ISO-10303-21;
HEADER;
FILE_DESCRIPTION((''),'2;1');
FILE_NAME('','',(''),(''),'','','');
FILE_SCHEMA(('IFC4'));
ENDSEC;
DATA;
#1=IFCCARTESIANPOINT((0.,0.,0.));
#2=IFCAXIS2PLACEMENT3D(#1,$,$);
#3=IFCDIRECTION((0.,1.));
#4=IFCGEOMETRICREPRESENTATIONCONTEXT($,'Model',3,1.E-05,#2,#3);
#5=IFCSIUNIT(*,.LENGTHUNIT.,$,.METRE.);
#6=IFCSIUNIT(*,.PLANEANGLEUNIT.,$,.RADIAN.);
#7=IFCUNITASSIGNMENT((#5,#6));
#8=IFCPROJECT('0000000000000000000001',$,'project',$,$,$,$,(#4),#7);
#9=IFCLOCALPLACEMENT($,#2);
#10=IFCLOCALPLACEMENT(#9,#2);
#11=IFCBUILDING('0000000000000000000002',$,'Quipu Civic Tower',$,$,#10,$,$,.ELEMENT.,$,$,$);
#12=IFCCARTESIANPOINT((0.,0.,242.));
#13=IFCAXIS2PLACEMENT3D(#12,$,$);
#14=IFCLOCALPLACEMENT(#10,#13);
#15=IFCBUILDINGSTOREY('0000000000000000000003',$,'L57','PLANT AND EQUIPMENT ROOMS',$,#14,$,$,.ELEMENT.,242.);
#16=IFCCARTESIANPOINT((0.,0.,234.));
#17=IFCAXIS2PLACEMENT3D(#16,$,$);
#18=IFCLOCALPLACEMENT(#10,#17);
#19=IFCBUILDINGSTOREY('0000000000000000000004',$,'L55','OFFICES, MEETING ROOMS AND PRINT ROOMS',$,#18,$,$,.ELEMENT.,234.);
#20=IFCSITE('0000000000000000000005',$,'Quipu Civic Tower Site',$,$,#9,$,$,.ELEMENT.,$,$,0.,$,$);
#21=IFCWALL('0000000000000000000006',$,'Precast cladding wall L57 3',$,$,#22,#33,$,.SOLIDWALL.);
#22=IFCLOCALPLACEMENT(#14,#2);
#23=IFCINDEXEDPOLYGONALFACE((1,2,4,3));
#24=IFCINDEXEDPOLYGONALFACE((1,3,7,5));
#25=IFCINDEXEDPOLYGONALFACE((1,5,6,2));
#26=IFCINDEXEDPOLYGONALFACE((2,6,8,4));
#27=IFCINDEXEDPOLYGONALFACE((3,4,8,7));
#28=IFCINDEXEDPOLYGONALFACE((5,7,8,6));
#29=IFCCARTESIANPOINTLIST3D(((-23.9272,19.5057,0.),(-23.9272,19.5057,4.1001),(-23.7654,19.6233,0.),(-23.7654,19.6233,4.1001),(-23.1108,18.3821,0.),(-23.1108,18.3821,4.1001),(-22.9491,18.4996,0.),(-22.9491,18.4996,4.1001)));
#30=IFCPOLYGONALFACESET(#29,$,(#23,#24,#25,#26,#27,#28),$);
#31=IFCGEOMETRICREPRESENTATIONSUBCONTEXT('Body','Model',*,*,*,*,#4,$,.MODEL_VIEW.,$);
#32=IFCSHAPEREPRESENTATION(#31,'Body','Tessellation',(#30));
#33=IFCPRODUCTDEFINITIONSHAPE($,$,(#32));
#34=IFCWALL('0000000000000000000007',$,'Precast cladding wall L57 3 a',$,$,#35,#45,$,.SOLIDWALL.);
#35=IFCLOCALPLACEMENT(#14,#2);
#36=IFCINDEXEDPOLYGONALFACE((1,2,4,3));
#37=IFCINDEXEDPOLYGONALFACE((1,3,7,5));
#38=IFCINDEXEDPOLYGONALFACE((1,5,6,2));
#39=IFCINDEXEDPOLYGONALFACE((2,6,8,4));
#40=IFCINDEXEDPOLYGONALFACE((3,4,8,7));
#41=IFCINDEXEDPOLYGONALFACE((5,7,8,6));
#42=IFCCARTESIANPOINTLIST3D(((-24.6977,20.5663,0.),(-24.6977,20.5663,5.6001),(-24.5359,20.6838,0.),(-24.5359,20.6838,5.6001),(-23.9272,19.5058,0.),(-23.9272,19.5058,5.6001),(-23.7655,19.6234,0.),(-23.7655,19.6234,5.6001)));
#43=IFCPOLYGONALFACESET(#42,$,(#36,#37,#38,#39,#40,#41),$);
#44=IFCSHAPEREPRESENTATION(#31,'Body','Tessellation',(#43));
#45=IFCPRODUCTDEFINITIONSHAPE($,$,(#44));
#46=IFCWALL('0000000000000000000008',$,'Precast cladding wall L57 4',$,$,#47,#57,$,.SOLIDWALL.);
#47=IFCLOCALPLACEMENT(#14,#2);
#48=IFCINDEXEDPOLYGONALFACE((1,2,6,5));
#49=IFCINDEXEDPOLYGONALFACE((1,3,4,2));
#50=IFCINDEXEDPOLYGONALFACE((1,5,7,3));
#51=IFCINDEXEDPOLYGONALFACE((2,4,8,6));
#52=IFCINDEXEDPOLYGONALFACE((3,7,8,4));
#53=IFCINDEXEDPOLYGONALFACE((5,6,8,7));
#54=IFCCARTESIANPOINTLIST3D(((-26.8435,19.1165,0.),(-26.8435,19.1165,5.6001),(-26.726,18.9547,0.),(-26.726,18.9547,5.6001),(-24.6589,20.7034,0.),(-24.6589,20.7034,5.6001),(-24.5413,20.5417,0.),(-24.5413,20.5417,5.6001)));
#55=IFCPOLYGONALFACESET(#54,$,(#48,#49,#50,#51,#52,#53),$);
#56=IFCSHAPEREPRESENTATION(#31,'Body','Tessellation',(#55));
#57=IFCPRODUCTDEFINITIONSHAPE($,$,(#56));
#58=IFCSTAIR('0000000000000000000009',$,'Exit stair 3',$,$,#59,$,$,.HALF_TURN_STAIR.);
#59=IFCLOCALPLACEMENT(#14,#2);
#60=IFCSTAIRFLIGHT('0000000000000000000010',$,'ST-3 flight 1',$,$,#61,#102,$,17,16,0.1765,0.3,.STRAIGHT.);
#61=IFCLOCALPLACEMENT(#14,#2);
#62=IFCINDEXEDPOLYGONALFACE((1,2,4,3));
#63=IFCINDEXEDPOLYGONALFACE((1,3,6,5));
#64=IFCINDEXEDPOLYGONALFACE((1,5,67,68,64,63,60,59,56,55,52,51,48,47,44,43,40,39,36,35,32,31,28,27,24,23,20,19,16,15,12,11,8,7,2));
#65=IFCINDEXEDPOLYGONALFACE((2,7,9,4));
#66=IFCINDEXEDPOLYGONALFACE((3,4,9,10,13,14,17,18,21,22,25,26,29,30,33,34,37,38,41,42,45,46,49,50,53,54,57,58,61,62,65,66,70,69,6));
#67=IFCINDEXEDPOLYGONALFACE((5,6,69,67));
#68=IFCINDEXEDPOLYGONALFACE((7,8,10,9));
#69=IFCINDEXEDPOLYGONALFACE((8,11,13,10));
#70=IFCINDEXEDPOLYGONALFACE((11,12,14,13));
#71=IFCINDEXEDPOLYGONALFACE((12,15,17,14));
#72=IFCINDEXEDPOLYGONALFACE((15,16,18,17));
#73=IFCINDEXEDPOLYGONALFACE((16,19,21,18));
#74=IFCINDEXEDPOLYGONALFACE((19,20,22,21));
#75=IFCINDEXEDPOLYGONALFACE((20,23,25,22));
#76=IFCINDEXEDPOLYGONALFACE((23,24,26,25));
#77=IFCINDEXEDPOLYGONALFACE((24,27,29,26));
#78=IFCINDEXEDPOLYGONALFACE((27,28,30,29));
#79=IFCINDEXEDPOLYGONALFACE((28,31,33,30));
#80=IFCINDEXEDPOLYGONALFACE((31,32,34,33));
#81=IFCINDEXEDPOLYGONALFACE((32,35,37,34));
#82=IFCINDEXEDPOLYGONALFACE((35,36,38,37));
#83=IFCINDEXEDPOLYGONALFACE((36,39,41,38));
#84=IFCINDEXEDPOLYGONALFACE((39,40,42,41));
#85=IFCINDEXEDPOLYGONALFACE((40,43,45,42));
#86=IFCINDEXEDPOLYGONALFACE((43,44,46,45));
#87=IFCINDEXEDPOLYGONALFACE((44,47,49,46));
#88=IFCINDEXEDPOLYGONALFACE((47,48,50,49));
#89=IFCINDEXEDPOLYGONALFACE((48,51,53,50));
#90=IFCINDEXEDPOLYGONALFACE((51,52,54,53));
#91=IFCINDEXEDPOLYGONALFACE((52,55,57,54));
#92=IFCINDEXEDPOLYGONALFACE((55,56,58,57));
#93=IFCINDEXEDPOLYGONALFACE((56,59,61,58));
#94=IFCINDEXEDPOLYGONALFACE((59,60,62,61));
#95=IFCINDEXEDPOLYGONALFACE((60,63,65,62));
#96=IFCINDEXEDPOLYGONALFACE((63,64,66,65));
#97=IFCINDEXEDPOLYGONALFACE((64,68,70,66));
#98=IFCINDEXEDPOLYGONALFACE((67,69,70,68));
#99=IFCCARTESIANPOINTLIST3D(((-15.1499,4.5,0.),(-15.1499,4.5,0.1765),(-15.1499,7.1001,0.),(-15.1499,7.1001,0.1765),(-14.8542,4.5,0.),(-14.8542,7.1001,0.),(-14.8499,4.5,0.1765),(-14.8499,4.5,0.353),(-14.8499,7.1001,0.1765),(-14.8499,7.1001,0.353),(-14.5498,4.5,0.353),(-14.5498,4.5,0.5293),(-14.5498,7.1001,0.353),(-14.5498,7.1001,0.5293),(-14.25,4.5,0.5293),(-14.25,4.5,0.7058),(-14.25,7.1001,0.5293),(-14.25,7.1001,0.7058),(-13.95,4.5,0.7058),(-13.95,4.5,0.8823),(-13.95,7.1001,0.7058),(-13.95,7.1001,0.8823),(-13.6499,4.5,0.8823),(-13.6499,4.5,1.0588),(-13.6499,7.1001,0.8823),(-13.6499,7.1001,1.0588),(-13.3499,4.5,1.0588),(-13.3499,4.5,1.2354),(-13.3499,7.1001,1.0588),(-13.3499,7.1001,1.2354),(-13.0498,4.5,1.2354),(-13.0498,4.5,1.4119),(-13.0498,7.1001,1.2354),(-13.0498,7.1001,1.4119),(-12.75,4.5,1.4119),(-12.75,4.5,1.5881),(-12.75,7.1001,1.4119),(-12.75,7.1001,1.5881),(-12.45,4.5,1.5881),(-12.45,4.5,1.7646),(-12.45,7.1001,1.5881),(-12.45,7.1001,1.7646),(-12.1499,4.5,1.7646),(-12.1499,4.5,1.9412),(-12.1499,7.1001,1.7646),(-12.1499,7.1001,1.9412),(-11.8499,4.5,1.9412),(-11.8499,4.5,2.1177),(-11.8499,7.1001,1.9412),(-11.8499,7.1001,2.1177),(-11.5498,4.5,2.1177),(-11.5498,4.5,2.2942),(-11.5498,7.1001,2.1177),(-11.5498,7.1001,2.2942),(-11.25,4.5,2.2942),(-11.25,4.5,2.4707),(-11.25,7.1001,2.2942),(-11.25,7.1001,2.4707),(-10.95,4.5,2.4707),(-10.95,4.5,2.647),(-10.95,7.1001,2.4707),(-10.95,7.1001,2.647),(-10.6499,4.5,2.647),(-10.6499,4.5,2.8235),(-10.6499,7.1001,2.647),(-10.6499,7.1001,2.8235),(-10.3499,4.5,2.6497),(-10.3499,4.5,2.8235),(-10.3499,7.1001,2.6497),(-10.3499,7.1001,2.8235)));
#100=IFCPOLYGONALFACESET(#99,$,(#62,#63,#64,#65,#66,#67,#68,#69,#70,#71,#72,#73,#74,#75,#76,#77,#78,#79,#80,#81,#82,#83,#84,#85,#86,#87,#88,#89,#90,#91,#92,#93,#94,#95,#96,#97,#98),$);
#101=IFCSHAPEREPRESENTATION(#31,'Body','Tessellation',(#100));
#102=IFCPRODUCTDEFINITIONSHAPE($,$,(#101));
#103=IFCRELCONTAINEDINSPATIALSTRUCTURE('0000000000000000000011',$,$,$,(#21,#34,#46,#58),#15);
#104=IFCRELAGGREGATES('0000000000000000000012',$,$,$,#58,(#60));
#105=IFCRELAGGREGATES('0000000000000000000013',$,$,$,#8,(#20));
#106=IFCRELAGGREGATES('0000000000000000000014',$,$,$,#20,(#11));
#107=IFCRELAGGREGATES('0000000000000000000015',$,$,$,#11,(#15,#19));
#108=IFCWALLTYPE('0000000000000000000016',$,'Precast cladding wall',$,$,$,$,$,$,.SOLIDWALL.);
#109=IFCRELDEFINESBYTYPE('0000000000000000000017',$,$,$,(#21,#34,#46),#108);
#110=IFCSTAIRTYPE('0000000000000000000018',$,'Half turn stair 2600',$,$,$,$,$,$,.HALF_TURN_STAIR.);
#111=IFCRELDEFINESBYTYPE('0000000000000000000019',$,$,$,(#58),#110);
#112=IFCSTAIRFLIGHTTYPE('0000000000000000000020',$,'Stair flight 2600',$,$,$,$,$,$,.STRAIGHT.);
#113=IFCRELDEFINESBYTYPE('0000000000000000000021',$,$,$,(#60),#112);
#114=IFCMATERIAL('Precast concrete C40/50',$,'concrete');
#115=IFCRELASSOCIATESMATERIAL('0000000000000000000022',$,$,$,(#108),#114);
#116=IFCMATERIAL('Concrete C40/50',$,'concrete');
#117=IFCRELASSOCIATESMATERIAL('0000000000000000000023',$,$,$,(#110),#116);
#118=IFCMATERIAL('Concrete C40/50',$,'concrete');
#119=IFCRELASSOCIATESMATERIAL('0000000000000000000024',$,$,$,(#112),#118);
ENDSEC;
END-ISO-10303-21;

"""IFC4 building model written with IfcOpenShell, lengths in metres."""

from ifc_helpers import new_model, si_unit, direction, frame, frame_2d, origin, place, context, subcontext, project, spatial, polyline, rectangle, outline, extrude, material, type_object, element, aggregate, save


model = new_model("IFC4")

# Units and contexts
model_context = context("Model", 3, precision=1e-05, world=origin(), true_north=direction((0.0, 1.0)))
body_context = subcontext(model_context, "Body", "Model", "MODEL_VIEW")
ifc_project = project(units=[si_unit("LENGTHUNIT", "METRE"), si_unit("PLANEANGLEUNIT", "RADIAN")], contexts=[model_context])

# Site, building, storey
site_placement = place(None, origin())
site = spatial("IfcSite", under=ifc_project, at=site_placement, Name="Quipu Civic Tower Site", CompositionType="ELEMENT", RefElevation=0.0)
building_placement = place(site_placement, origin())
building = spatial("IfcBuilding", under=site, at=building_placement, Name="Quipu Civic Tower", CompositionType="ELEMENT")
storey_1_placement = place(building_placement, frame((0.0, 0.0, 242.0)))
storey_1 = spatial("IfcBuildingStorey", under=building, at=storey_1_placement, Name="L57", Description="PLANT AND EQUIPMENT ROOMS", CompositionType="ELEMENT", Elevation=242.0)

# Shared definitions
storey_2_placement = place(building_placement, frame((0.0, 0.0, 234.0)))
storey_2 = spatial("IfcBuildingStorey", under=building, at=storey_2_placement, Name="L55", Description="OFFICES, MEETING ROOMS AND PRINT ROOMS", CompositionType="ELEMENT", Elevation=234.0)

# Walls
ifc_material_1 = material(Name="Precast concrete C40/50", Category="concrete")
wall_type_1 = type_object("IfcWallType", Name="Precast cladding wall", PredefinedType="SOLIDWALL", material=ifc_material_1)
wall_1_placement = place(storey_1_placement, frame((-23.03, 18.4409, 0.0), z_axis=(0.0, 0.0, 1.0), x_axis=(-0.587754, 0.80904, 0.0)))
element("IfcWall", 1, at=wall_1_placement, inside=storey_1, type_object=wall_type_1, Name="Precast cladding wall L57 3", PredefinedType="SOLIDWALL", context=body_context, shape_type="SweptSolid", body=[
    extrude(rectangle(XDim=1.3889, YDim=0.2, at=frame_2d((0.6943, 0.0))), origin(), (0.0, 0.0, 1.0), 4.1001),
])
wall_2_placement = place(storey_1_placement, frame((-23.8464, 19.5647, 0.0), z_axis=(0.0, 0.0, 1.0), x_axis=(-0.587773, 0.809026, 0.0)))
element("IfcWall", 2, at=wall_2_placement, inside=storey_1, type_object=wall_type_1, Name="Precast cladding wall L57 3 a", PredefinedType="SOLIDWALL", context=body_context, shape_type="SweptSolid", body=[
    extrude(rectangle(XDim=1.3108, YDim=0.2, at=frame_2d((0.6553, 0.0))), origin(), (0.0, 0.0, 1.0), 5.6001),
])
wall_3_placement = place(storey_1_placement, frame((-24.6001, 20.6226, 0.0), z_axis=(0.0, 0.0, 1.0), x_axis=(-0.809064, -0.58772, 0.0)))
element("IfcWall", 3, at=wall_3_placement, inside=storey_1, type_object=wall_type_1, Name="Precast cladding wall L57 4", PredefinedType="SOLIDWALL", context=body_context, shape_type="SweptSolid", body=[
    extrude(rectangle(XDim=2.7002, YDim=0.2, at=frame_2d((1.3501, 0.0))), origin(), (0.0, 0.0, 1.0), 5.6001),
])

# Stair, stair flight
ifc_material_2 = material(Name="Concrete C40/50", Category="concrete")
stair_type = type_object("IfcStairType", Name="Half turn stair 2600", PredefinedType="HALF_TURN_STAIR", material=ifc_material_2)
stair_placement = place(storey_1_placement, origin())
stair = element("IfcStair", 4, at=stair_placement, inside=storey_1, type_object=stair_type, Name="Exit stair 3", PredefinedType="HALF_TURN_STAIR")
ifc_material_3 = material(Name="Concrete C40/50", Category="concrete")
stair_flight_type = type_object("IfcStairFlightType", Name="Stair flight 2600", PredefinedType="STRAIGHT", material=ifc_material_3)
stair_flight_placement = place(storey_1_placement, frame((-15.1499, 5.8, 0.0), z_axis=(0.0, 0.0, 1.0), x_axis=(1.0, 0.0, 0.0)))
stair_flight = element("IfcStairFlight", 5, at=stair_flight_placement, type_object=stair_flight_type, Name="ST-3 flight 1", NumberOfRisers=17, NumberOfTreads=16, PredefinedType="STRAIGHT", RiserHeight=0.1765, TreadLength=0.3, context=body_context, shape_type="SweptSolid", body=[
    extrude(outline(polyline([(0.0, 0.0), (0.0, 0.1765), (0.3, 0.1765), (0.3, 0.353), (0.6001, 0.353), (0.6001, 0.5293), (0.8999, 0.5293), (0.8999, 0.7058), (1.2, 0.7058), (1.2, 0.8823), (1.5, 0.8823), (1.5, 1.0588), (1.8, 1.0588), (1.8, 1.2354), (2.1001, 1.2354), (2.1001, 1.4119), (2.3999, 1.4119), (2.3999, 1.5881), (2.7, 1.5881), (2.7, 1.7646), (3.0, 1.7646), (3.0, 1.9412), (3.3, 1.9412), (3.3, 2.1177), (3.6001, 2.1177), (3.6001, 2.2942), (3.8999, 2.2942), (3.8999, 2.4707), (4.2, 2.4707), (4.2, 2.647), (4.5, 2.647), (4.5, 2.8235), (4.8, 2.8235), (4.8, 3.0), (4.8, 2.6497), (0.2957, 0.0), (0.0, 0.0)])), frame((0.0, 1.3, 0.0), z_axis=(0.0, -1.0, 0.0), x_axis=(1.0, 0.0, 0.0)), (0.0, 0.0, 1.0), 2.6001),
])
aggregate(stair, [stair_flight])

save(model, "model.ifc")
